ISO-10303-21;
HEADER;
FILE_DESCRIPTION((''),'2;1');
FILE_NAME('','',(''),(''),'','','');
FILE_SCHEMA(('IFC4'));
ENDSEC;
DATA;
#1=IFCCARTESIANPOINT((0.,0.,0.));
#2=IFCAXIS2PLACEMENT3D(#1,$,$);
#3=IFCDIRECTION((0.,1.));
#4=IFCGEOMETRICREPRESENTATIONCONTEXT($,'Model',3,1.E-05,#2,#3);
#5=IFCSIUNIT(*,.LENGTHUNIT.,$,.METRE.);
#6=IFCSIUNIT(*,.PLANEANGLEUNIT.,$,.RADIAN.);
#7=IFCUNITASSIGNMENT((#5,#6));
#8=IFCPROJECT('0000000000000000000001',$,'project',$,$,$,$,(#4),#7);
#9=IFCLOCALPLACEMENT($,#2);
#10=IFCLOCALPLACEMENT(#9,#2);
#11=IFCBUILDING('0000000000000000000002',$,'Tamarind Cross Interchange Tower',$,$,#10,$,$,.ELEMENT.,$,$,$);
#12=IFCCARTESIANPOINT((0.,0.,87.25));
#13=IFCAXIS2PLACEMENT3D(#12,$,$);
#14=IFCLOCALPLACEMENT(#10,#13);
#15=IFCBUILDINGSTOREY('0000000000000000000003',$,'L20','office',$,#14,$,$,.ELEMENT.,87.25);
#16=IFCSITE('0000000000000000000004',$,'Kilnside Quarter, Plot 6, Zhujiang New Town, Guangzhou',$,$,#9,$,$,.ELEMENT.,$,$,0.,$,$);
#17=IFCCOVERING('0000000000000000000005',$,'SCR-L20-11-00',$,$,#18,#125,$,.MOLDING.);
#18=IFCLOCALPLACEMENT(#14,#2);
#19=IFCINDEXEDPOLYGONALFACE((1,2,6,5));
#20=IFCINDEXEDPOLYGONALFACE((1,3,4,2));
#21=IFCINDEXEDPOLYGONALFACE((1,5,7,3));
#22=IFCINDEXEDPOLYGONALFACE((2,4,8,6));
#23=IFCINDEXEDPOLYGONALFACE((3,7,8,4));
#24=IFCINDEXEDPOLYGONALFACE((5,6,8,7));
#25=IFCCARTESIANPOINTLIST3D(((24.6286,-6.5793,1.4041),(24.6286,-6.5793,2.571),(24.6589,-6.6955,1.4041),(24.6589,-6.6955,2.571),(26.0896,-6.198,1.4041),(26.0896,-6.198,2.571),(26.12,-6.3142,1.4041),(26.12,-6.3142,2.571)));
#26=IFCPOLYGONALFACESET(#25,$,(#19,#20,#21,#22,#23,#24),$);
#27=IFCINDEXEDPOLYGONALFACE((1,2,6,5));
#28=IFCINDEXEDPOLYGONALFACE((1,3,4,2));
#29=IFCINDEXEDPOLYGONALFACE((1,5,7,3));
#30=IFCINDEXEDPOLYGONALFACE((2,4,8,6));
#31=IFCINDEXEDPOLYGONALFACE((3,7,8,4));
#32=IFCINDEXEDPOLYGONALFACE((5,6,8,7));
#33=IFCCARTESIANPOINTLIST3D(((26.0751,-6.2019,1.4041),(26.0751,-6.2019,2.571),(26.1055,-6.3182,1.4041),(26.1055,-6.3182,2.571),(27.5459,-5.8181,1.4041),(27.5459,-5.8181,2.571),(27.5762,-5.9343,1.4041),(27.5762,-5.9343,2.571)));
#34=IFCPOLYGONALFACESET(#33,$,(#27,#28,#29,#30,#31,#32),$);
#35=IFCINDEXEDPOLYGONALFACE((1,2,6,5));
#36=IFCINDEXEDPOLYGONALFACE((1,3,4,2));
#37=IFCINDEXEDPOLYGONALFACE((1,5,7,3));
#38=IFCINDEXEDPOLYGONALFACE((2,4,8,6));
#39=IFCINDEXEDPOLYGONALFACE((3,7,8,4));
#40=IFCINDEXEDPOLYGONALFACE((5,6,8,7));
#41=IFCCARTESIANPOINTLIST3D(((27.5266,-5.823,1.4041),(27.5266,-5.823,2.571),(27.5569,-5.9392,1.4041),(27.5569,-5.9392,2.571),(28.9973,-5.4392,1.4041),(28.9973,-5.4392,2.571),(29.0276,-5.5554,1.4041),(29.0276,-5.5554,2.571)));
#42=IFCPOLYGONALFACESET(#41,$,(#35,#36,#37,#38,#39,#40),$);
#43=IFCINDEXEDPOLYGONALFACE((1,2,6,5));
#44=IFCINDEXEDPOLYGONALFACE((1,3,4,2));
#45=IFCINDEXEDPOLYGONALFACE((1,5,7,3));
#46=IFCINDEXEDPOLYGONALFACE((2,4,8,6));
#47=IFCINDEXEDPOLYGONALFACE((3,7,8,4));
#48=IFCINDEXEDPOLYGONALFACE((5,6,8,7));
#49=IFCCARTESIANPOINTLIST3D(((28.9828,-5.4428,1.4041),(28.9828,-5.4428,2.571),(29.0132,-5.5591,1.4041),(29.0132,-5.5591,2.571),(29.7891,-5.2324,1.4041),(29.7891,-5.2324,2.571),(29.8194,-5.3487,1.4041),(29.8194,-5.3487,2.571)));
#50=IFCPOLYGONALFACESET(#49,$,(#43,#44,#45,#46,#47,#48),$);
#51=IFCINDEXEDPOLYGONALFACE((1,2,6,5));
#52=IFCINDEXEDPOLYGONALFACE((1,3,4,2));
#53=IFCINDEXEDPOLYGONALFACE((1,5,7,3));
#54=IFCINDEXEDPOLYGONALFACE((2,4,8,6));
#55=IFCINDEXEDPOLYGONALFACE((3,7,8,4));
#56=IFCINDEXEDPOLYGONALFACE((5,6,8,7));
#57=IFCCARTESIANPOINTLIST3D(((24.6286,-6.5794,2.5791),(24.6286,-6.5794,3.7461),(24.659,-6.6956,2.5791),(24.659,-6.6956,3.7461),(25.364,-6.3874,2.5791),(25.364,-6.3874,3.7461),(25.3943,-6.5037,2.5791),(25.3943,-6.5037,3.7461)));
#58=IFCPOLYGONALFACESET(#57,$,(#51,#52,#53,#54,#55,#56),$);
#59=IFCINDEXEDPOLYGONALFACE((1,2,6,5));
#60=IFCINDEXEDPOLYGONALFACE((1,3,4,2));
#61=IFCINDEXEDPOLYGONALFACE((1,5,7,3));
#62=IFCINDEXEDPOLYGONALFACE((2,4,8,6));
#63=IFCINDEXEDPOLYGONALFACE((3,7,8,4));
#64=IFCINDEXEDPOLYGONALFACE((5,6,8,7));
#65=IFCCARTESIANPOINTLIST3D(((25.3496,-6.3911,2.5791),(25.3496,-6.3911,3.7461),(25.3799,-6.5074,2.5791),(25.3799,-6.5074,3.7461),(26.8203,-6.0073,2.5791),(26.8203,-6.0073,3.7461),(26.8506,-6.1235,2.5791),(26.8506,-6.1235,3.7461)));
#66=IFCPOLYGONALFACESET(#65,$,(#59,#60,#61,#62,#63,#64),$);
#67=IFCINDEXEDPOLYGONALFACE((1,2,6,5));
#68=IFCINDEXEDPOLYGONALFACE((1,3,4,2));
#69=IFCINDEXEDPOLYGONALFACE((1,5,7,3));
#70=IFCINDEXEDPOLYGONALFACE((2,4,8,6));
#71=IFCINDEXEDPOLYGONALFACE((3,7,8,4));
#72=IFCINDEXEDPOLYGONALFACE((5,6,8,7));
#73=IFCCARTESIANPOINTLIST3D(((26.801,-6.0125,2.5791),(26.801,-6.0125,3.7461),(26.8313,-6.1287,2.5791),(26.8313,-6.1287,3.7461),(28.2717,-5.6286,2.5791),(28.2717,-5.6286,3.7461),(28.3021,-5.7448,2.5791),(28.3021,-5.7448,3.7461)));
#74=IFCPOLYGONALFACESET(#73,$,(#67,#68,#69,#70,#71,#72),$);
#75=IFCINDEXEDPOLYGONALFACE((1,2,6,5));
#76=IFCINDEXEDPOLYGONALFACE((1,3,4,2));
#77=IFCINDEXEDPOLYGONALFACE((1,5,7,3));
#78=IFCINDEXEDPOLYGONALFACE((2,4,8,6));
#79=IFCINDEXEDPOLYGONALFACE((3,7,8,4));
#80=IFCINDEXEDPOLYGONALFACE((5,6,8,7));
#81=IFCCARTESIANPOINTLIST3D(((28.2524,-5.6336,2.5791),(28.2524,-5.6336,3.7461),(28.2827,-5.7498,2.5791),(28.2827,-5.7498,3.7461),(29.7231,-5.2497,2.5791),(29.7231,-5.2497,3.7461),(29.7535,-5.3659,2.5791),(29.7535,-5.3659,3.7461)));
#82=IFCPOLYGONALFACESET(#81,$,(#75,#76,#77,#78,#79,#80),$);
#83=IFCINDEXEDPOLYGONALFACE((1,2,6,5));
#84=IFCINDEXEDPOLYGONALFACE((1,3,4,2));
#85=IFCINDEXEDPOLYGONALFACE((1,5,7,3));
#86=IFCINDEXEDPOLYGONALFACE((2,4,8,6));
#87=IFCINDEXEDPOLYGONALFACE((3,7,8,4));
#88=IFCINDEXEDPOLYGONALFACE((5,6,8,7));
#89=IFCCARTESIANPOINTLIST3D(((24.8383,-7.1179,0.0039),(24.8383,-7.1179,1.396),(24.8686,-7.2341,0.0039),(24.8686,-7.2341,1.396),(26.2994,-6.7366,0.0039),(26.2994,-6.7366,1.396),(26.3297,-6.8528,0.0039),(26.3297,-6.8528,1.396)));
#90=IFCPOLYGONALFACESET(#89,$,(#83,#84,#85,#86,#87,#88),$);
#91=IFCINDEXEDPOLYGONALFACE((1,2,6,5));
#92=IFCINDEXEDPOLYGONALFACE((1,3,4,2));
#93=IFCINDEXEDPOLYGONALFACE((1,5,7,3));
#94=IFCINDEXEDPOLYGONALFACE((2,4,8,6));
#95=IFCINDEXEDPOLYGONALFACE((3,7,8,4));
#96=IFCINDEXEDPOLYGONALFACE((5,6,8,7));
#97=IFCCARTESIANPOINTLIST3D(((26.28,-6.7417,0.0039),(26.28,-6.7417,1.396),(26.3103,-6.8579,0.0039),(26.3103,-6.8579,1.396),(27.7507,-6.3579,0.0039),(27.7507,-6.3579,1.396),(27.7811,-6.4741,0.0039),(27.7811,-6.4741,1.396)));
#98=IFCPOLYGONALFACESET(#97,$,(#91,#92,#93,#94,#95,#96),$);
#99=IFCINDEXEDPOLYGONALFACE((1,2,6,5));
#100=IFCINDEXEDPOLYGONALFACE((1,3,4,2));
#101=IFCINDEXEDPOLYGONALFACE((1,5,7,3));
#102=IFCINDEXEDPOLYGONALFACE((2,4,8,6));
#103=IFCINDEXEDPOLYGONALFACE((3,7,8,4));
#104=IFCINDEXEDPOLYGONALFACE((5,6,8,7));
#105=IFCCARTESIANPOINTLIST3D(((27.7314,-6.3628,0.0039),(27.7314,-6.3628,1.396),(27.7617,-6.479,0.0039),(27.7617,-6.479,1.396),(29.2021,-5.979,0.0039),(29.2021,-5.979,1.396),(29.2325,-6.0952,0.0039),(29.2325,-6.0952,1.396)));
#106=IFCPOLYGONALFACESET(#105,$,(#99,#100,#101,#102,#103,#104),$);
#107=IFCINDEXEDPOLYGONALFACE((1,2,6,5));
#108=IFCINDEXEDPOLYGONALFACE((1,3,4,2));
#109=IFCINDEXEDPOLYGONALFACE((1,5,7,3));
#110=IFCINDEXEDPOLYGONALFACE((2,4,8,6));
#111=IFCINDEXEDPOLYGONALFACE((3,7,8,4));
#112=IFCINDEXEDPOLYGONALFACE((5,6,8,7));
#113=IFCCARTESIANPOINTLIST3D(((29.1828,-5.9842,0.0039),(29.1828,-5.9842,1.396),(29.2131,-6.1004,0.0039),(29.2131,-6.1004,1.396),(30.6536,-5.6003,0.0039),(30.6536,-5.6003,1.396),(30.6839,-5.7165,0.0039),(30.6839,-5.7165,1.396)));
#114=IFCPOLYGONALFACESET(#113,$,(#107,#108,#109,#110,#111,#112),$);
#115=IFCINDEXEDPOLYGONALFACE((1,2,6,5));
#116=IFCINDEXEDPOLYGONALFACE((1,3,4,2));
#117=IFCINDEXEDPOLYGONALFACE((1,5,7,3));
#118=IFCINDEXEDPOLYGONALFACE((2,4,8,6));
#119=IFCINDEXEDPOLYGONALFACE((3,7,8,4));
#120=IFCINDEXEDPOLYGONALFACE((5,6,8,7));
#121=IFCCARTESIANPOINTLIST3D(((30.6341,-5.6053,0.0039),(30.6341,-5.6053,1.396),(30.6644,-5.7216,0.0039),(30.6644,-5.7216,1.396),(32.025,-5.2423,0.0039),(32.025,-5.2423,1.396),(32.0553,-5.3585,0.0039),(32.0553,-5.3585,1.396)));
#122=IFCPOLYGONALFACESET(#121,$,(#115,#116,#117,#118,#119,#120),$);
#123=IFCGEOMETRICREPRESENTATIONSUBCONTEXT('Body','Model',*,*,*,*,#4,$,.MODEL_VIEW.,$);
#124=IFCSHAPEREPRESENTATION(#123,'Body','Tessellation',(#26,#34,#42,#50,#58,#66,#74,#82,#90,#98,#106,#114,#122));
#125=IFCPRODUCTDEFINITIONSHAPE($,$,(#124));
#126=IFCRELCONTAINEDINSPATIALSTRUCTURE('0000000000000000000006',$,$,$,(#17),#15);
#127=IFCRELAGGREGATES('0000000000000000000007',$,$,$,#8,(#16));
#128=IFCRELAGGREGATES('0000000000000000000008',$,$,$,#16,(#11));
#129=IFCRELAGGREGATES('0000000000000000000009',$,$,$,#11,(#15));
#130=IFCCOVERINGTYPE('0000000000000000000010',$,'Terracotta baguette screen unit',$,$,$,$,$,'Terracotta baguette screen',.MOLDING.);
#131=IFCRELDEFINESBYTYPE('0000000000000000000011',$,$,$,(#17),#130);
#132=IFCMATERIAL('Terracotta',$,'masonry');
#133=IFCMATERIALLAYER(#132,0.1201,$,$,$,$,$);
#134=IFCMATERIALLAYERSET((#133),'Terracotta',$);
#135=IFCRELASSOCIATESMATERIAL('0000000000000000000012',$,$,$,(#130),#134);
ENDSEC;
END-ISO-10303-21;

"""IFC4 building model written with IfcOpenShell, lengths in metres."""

from ifc_helpers import new_model, si_unit, direction, frame, origin, origin_2d, place, context, subcontext, project, spatial, rectangle, extrude, material, layer, layer_set, type_object, element, save


model = new_model("IFC4")

# Units and contexts
model_context = context("Model", 3, precision=1e-05, world=origin(), true_north=direction((0.0, 1.0)))
body_context = subcontext(model_context, "Body", "Model", "MODEL_VIEW")
ifc_project = project(units=[si_unit("LENGTHUNIT", "METRE"), si_unit("PLANEANGLEUNIT", "RADIAN")], contexts=[model_context])

# Site, building, storey
site_placement = place(None, origin())
site = spatial("IfcSite", under=ifc_project, at=site_placement, Name="Kilnside Quarter, Plot 6, Zhujiang New Town, Guangzhou", CompositionType="ELEMENT", RefElevation=0.0)
building_placement = place(site_placement, origin())
building = spatial("IfcBuilding", under=site, at=building_placement, Name="Tamarind Cross Interchange Tower", CompositionType="ELEMENT")
storey_placement = place(building_placement, frame((0.0, 0.0, 87.25)))
storey = spatial("IfcBuildingStorey", under=building, at=storey_placement, Name="L20", Description="office", CompositionType="ELEMENT", Elevation=87.25)

# Covering
ifc_material_1 = material(Name="Terracotta", Category="masonry")
ifc_layer_1 = layer(ifc_material_1, 0.1201)
ifc_layer_set_1 = layer_set([ifc_layer_1], Name="Terracotta")
covering_type = type_object("IfcCoveringType", Name="Terracotta baguette screen unit", ElementType="Terracotta baguette screen", PredefinedType="MOLDING", material=ifc_layer_set_1)
covering_1_placement = place(storey_placement, origin())
element("IfcCovering", 1, at=covering_1_placement, inside=storey, type_object=covering_type, Name="SCR-L20-11-00", PredefinedType="MOLDING", context=body_context, shape_type="SweptSolid", body=[
    extrude(rectangle(XDim=1.51, YDim=0.1201, at=origin_2d()), frame((25.3743, -6.4468, 1.4041), z_axis=(0.0, 0.0, 1.0), x_axis=(0.967589, 0.252529, 0.0)), (0.0, 0.0, 1.0), 1.167),
    extrude(rectangle(XDim=1.52, YDim=0.1201, at=origin_2d()), frame((26.8257, -6.0681, 1.4041), z_axis=(0.0, 0.0, 1.0), x_axis=(0.967589, 0.252529, 0.0)), (0.0, 0.0, 1.0), 1.167),
    extrude(rectangle(XDim=1.52, YDim=0.1201, at=origin_2d()), frame((28.2771, -5.6892, 1.4041), z_axis=(0.0, 0.0, 1.0), x_axis=(0.967589, 0.252529, 0.0)), (0.0, 0.0, 1.0), 1.167),
    extrude(rectangle(XDim=0.8333, YDim=0.1201, at=origin_2d()), frame((29.4011, -5.3958, 1.4041), z_axis=(0.0, 0.0, 1.0), x_axis=(0.967589, 0.252529, 0.0)), (0.0, 0.0, 1.0), 1.167),
    extrude(rectangle(XDim=0.76, YDim=0.1201, at=origin_2d()), frame((25.0115, -6.5415, 2.5791), z_axis=(0.0, 0.0, 1.0), x_axis=(0.967589, 0.252529, 0.0)), (0.0, 0.0, 1.0), 1.167),
    extrude(rectangle(XDim=1.52, YDim=0.1201, at=origin_2d()), frame((26.1001, -6.2573, 2.5791), z_axis=(0.0, 0.0, 1.0), x_axis=(0.967589, 0.252529, 0.0)), (0.0, 0.0, 1.0), 1.167),
    extrude(rectangle(XDim=1.52, YDim=0.1201, at=origin_2d()), frame((27.5515, -5.8787, 2.5791), z_axis=(0.0, 0.0, 1.0), x_axis=(0.967589, 0.252529, 0.0)), (0.0, 0.0, 1.0), 1.167),
    extrude(rectangle(XDim=1.52, YDim=0.1201, at=origin_2d()), frame((29.0029, -5.4998, 2.5791), z_axis=(0.0, 0.0, 1.0), x_axis=(0.967589, 0.252529, 0.0)), (0.0, 0.0, 1.0), 1.167),
    extrude(rectangle(XDim=1.51, YDim=0.1201, at=origin_2d()), frame((25.584, -6.9854, 0.0039), z_axis=(0.0, 0.0, 1.0), x_axis=(0.967589, 0.252529, 0.0)), (0.0, 0.0, 1.0), 1.3921),
    extrude(rectangle(XDim=1.52, YDim=0.1201, at=origin_2d()), frame((27.0305, -6.6079, 0.0039), z_axis=(0.0, 0.0, 1.0), x_axis=(0.967589, 0.252529, 0.0)), (0.0, 0.0, 1.0), 1.3921),
    extrude(rectangle(XDim=1.52, YDim=0.1201, at=origin_2d()), frame((28.4819, -6.229, 0.0039), z_axis=(0.0, 0.0, 1.0), x_axis=(0.967589, 0.252529, 0.0)), (0.0, 0.0, 1.0), 1.3921),
    extrude(rectangle(XDim=1.52, YDim=0.1201, at=origin_2d()), frame((29.9333, -5.8503, 0.0039), z_axis=(0.0, 0.0, 1.0), x_axis=(0.967589, 0.252529, 0.0)), (0.0, 0.0, 1.0), 1.3921),
    extrude(rectangle(XDim=1.4375, YDim=0.1201, at=origin_2d()), frame((31.3447, -5.4819, 0.0039), z_axis=(0.0, 0.0, 1.0), x_axis=(0.967589, 0.252529, 0.0)), (0.0, 0.0, 1.0), 1.3921),
])

save(model, "model.ifc")
